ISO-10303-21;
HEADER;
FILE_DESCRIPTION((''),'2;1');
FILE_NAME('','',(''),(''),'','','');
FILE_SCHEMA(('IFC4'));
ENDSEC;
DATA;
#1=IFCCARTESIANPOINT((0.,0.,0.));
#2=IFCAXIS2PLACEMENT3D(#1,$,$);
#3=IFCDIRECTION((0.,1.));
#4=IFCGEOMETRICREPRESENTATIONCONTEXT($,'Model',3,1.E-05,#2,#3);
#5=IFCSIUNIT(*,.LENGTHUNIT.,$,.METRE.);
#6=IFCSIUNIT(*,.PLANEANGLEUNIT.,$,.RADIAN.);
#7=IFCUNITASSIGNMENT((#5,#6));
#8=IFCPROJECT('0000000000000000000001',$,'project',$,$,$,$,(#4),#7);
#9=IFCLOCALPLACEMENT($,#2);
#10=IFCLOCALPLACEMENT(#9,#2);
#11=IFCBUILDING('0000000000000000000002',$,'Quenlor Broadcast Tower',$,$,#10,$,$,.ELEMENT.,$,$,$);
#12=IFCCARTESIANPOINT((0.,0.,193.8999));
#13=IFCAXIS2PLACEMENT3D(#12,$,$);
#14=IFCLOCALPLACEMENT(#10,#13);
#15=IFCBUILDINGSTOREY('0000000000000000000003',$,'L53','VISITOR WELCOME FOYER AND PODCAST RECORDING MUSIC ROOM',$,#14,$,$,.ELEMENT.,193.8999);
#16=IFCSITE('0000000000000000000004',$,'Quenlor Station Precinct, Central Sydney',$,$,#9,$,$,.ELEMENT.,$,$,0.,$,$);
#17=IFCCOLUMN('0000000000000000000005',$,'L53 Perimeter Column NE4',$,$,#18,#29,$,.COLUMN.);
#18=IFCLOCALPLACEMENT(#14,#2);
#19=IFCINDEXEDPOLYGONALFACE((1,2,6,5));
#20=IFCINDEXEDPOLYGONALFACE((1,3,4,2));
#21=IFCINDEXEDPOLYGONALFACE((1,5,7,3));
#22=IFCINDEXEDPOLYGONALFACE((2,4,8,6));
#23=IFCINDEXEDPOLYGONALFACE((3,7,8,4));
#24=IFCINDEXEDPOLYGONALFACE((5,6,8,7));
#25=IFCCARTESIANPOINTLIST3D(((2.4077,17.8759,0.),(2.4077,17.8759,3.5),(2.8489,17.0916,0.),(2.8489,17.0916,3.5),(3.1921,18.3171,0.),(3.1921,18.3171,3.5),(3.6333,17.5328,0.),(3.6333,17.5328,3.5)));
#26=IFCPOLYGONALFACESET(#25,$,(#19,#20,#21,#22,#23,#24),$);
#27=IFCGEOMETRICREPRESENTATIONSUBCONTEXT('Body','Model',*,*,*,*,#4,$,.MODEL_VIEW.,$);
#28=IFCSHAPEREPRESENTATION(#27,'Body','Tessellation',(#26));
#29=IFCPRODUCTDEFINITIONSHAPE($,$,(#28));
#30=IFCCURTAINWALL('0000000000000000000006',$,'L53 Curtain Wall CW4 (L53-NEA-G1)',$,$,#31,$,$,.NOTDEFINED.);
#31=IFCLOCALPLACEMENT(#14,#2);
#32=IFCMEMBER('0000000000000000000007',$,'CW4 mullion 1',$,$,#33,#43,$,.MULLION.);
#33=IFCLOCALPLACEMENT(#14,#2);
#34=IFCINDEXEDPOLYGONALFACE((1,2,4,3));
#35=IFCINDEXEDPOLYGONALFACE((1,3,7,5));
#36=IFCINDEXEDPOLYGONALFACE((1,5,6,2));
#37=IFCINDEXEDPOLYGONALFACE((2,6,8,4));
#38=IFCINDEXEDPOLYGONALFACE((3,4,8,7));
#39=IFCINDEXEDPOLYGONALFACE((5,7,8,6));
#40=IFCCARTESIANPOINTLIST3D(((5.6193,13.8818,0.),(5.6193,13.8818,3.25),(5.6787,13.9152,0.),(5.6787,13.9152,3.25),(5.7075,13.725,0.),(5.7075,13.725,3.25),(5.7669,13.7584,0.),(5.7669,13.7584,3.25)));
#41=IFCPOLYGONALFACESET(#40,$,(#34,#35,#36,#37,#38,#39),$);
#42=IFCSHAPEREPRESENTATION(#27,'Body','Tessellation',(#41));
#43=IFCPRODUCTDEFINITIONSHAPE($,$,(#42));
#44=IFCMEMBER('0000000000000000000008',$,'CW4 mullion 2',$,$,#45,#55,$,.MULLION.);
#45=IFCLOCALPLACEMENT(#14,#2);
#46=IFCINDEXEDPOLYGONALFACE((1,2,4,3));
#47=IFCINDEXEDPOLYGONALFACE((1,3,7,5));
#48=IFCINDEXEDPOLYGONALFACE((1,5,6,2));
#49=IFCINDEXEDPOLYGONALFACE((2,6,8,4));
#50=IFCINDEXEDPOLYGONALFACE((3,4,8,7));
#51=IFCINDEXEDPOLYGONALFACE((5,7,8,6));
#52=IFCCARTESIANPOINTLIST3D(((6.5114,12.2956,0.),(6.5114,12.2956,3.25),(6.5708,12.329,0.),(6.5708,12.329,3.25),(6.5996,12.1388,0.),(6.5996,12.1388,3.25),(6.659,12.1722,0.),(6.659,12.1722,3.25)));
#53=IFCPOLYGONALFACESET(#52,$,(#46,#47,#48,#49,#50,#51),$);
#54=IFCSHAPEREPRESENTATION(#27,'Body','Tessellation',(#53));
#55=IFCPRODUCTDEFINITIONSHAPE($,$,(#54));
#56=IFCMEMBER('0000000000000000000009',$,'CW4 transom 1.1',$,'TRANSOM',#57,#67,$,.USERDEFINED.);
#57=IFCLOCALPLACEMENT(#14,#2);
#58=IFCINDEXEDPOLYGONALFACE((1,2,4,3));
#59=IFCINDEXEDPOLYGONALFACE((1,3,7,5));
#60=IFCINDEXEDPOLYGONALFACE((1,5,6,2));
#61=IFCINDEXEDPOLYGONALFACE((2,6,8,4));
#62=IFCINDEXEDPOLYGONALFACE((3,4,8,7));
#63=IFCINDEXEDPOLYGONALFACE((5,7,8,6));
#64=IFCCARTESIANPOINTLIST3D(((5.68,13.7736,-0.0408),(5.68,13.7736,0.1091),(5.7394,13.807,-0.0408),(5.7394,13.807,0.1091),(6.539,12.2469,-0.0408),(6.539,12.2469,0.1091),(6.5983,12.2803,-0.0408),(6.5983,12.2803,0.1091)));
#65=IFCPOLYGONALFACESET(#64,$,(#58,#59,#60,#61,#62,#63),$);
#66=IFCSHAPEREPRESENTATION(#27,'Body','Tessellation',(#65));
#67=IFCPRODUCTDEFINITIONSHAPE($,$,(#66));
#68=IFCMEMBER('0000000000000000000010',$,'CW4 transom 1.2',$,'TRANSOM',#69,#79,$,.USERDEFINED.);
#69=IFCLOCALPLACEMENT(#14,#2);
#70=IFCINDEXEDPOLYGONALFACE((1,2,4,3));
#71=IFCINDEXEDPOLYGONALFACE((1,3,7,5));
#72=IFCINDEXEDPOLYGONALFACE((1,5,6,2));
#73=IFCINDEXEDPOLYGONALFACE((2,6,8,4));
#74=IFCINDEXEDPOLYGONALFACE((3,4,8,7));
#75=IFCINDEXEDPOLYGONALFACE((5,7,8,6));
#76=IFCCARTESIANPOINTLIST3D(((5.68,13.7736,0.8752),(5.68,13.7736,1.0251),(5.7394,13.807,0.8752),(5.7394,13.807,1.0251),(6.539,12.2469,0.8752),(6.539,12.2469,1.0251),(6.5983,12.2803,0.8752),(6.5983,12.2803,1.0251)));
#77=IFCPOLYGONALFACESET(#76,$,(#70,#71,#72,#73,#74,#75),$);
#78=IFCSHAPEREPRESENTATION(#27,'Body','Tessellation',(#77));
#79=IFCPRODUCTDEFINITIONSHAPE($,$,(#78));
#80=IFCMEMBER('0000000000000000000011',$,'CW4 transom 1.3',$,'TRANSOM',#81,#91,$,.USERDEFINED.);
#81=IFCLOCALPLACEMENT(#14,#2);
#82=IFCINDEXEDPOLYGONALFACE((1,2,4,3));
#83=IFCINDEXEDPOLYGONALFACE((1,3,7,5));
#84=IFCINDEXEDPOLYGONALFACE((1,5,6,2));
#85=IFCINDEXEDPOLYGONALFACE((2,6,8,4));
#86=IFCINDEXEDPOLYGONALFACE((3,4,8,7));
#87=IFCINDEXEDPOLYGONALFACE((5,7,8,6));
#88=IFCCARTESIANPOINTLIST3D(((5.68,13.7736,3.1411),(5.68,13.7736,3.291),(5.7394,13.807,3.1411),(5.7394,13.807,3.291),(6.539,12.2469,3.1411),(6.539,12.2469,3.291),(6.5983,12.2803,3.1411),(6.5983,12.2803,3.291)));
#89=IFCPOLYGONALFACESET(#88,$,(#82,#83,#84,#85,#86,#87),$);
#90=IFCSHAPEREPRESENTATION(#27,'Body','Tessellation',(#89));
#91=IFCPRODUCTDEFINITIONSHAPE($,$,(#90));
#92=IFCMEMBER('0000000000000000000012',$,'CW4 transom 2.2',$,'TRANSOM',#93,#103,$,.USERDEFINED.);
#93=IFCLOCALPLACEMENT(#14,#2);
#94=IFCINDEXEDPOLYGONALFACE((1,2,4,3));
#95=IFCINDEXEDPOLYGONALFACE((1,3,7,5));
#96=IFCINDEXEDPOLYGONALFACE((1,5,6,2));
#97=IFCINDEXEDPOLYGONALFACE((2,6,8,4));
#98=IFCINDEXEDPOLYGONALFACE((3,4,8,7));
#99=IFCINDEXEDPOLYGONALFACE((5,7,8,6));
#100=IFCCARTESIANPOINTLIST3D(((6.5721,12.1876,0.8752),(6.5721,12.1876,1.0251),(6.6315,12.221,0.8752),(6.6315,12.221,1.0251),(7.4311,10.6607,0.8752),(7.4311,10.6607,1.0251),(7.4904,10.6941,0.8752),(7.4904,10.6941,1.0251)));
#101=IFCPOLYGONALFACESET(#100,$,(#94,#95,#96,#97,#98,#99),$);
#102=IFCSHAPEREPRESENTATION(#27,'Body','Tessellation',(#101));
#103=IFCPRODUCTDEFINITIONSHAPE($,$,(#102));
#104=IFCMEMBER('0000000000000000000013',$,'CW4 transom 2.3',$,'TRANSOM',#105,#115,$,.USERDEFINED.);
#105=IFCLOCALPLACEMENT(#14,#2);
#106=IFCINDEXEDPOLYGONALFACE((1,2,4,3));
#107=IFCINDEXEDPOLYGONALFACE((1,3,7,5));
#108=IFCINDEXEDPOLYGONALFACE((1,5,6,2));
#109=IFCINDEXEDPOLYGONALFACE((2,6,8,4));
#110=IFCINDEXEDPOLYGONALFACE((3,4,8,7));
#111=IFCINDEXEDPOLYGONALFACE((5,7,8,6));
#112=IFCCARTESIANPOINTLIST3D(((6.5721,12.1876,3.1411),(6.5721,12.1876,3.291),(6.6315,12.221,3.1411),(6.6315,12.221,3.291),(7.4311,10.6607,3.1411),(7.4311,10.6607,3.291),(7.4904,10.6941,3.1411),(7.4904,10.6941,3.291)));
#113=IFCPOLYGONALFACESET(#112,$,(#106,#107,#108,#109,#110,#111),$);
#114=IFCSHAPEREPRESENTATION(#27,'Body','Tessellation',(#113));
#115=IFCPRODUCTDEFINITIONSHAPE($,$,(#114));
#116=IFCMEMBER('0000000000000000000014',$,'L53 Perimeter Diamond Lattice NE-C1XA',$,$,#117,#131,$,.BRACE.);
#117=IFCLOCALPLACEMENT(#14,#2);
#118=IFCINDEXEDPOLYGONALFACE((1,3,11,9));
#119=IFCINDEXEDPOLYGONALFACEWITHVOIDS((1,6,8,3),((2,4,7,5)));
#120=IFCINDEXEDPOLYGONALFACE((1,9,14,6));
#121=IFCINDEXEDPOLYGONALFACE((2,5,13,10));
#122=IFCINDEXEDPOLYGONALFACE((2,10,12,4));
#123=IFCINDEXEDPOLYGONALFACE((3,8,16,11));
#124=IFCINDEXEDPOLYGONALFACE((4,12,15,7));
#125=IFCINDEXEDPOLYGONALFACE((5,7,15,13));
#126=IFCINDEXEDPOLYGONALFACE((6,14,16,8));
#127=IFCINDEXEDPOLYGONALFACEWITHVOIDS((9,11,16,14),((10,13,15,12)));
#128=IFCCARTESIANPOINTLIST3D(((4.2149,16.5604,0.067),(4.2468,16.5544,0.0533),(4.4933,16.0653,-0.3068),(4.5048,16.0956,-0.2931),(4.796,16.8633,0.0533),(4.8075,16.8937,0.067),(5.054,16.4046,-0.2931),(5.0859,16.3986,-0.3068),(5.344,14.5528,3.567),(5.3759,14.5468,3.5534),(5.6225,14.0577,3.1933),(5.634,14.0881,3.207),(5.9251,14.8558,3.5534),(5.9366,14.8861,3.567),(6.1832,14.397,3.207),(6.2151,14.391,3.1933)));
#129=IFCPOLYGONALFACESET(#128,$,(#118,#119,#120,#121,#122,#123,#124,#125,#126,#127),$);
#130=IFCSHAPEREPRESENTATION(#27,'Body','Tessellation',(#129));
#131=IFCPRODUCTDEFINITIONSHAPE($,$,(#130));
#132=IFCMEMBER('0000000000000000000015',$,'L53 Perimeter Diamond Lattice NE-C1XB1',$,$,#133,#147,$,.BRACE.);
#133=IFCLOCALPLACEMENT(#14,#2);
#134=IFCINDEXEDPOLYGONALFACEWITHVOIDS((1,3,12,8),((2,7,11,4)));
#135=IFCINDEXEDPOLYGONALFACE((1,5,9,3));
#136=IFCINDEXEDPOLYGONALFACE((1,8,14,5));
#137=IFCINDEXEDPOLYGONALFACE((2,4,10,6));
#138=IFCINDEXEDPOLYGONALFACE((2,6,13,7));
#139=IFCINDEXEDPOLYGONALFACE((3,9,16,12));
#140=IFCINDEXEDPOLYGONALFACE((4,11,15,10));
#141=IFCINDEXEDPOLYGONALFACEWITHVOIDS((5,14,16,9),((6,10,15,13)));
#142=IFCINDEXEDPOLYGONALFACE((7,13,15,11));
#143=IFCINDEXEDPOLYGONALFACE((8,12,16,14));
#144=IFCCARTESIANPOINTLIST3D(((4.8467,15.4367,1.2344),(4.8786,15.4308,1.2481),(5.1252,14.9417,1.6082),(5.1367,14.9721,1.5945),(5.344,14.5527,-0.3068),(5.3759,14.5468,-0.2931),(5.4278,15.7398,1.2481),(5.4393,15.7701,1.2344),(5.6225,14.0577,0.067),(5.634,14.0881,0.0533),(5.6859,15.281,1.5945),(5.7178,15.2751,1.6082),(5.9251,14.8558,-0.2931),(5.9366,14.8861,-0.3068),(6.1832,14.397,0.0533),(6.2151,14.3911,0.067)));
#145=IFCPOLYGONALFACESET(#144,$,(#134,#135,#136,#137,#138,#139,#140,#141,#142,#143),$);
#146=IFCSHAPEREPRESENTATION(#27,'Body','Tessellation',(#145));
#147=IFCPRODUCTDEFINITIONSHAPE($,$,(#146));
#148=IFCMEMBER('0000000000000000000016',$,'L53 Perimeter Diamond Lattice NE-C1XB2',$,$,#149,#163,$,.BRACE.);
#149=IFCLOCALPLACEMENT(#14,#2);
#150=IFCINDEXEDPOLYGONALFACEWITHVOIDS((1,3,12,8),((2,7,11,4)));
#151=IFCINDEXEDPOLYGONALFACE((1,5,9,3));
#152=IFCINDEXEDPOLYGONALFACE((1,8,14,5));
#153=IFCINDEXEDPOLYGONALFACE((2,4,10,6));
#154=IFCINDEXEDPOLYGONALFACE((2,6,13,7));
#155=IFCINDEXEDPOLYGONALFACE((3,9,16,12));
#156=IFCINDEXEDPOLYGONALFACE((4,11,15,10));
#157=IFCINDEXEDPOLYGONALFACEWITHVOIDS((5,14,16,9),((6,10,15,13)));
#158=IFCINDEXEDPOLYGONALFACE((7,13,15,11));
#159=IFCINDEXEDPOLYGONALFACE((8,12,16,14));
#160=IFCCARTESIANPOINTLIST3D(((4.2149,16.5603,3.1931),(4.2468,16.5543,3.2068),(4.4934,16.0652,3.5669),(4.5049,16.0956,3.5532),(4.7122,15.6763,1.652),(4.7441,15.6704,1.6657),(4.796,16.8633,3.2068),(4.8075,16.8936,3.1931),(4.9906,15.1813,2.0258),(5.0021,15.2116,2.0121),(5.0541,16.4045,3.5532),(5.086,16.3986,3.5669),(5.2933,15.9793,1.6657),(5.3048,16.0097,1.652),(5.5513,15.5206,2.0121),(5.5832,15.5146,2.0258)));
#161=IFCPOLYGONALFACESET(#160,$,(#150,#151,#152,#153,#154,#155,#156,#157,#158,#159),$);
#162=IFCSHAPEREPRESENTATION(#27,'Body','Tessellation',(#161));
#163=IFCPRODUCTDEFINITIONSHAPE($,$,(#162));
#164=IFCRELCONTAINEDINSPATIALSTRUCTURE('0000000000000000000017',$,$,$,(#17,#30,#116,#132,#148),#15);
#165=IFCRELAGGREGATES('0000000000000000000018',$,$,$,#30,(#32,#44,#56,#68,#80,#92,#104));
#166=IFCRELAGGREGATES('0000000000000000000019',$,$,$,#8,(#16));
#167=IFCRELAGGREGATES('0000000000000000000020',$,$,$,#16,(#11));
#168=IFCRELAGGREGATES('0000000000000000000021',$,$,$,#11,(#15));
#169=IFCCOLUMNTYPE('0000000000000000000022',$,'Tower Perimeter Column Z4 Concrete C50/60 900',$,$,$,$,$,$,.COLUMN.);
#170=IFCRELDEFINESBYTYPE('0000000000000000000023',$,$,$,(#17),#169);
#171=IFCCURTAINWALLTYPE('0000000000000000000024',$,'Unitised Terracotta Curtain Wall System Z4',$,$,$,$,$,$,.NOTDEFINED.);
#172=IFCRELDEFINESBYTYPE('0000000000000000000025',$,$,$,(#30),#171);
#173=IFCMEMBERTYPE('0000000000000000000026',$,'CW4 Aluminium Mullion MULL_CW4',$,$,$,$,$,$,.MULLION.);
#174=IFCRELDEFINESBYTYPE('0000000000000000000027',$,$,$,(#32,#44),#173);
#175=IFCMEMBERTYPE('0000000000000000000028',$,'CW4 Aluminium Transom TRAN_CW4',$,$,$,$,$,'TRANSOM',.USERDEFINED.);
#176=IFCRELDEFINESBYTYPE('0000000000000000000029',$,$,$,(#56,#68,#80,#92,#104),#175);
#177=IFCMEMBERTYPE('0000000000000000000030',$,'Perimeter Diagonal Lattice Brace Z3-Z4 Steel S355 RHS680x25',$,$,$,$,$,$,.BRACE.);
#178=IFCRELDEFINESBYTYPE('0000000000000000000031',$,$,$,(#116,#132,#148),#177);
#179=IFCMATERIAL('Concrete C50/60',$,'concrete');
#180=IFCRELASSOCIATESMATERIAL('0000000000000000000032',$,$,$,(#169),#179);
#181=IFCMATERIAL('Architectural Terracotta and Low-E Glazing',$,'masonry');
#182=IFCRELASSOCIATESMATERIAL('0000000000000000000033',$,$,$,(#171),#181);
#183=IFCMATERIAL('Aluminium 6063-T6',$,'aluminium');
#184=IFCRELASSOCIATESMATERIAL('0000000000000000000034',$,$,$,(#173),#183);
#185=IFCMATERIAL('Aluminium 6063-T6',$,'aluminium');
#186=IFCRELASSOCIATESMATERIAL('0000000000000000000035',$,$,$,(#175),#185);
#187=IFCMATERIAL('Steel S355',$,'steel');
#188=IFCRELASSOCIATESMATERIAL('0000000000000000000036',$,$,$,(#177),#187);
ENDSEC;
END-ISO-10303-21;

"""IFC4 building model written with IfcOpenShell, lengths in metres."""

from ifc_helpers import new_model, si_unit, direction, frame, origin, origin_2d, place, context, subcontext, project, spatial, rectangle, hollow_rectangle, extrude, material, material_profile, profile_set, type_object, element, aggregate, save


model = new_model("IFC4")

# Units and contexts
model_context = context("Model", 3, precision=1e-05, world=origin(), true_north=direction((0.0, 1.0)))
body_context = subcontext(model_context, "Body", "Model", "MODEL_VIEW")
ifc_project = project(units=[si_unit("LENGTHUNIT", "METRE"), si_unit("PLANEANGLEUNIT", "RADIAN")], contexts=[model_context])

# Site, building, storey
site_placement = place(None, origin())
site = spatial("IfcSite", under=ifc_project, at=site_placement, Name="Quenlor Station Precinct, Central Sydney", CompositionType="ELEMENT", RefElevation=0.0)
building_placement = place(site_placement, origin())
building = spatial("IfcBuilding", under=site, at=building_placement, Name="Quenlor Broadcast Tower", CompositionType="ELEMENT")
storey_placement = place(building_placement, frame((0.0, 0.0, 193.8999)))
storey = spatial("IfcBuildingStorey", under=building, at=storey_placement, Name="L53", Description="VISITOR WELCOME FOYER AND PODCAST RECORDING MUSIC ROOM", CompositionType="ELEMENT", Elevation=193.8999)

# Column
ifc_material_1 = material(Name="Concrete C50/60", Category="concrete")
ifc_material_profile_1 = material_profile(ifc_material_1, rectangle(XDim=0.8999, YDim=0.8999, at=origin_2d()))
ifc_profile_set_1 = profile_set([ifc_material_profile_1], Name="Concrete C50/60 RC900x900")
column_type = type_object("IfcColumnType", Name="Tower Perimeter Column Z4 Concrete C50/60 900", PredefinedType="COLUMN", material=ifc_profile_set_1)
column_placement = place(storey_placement, frame((3.0205, 17.7043, 0.0), z_axis=(0.0, 0.0, 1.0), x_axis=(0.871575, 0.490262, 0.0)))
element("IfcColumn", 1, at=column_placement, inside=storey, type_object=column_type, Name="L53 Perimeter Column NE4", PredefinedType="COLUMN", context=body_context, shape_type="SweptSolid", body=[
    extrude(rectangle(XDim=0.8999, YDim=0.8999, at=origin_2d()), origin(), (0.0, 0.0, 1.0), 3.5),
])

# Curtain wall, members
ifc_material_2 = material(Name="Architectural Terracotta and Low-E Glazing", Category="masonry")
curtain_wall_type = type_object("IfcCurtainWallType", Name="Unitised Terracotta Curtain Wall System Z4", PredefinedType="NOTDEFINED", material=ifc_material_2)
curtain_wall_placement = place(storey_placement, origin())
curtain_wall = element("IfcCurtainWall", 2, at=curtain_wall_placement, inside=storey, type_object=curtain_wall_type, Name="L53 Curtain Wall CW4 (L53-NEA-G1)", PredefinedType="NOTDEFINED")
ifc_material_3 = material(Name="Aluminium 6063-T6", Category="aluminium")
ifc_material_profile_2 = material_profile(ifc_material_3, rectangle(XDim=0.0681, YDim=0.1799, at=origin_2d()))
ifc_profile_set_2 = profile_set([ifc_material_profile_2], Name="Aluminium 6063-T6 MULL68x180")
member_type_1 = type_object("IfcMemberType", Name="CW4 Aluminium Mullion MULL_CW4", PredefinedType="MULLION", material=ifc_profile_set_2)
member_1_placement = place(storey_placement, frame((5.6931, 13.8201, 0.0), z_axis=(0.0, 0.0, 1.0), x_axis=(0.871576, 0.49026, 0.0)))
member_1 = element("IfcMember", 3, at=member_1_placement, type_object=member_type_1, Name="CW4 mullion 1", PredefinedType="MULLION", context=body_context, shape_type="SweptSolid", body=[
    extrude(rectangle(XDim=0.0681, YDim=0.1799, at=origin_2d()), origin(), (0.0, 0.0, 1.0), 3.25),
])
member_2_placement = place(storey_placement, frame((6.5852, 12.2339, 0.0), z_axis=(0.0, 0.0, 1.0), x_axis=(0.871576, 0.49026, 0.0)))
member_2 = element("IfcMember", 4, at=member_2_placement, type_object=member_type_1, Name="CW4 mullion 2", PredefinedType="MULLION", context=body_context, shape_type="SweptSolid", body=[
    extrude(rectangle(XDim=0.0681, YDim=0.1799, at=origin_2d()), origin(), (0.0, 0.0, 1.0), 3.25),
])
ifc_material_4 = material(Name="Aluminium 6063-T6", Category="aluminium")
ifc_material_profile_3 = material_profile(ifc_material_4, rectangle(XDim=0.0681, YDim=0.1499, at=origin_2d()))
ifc_profile_set_3 = profile_set([ifc_material_profile_3], Name="Aluminium 6063-T6 TRAN68x150")
member_type_2 = type_object("IfcMemberType", Name="CW4 Aluminium Transom TRAN_CW4", ElementType="TRANSOM", PredefinedType="USERDEFINED", material=ifc_profile_set_3)
member_3_placement = place(storey_placement, frame((5.7097, 13.7903, 0.0342), z_axis=(0.490334, -0.871535, 0.0), x_axis=(0.871535, 0.490334, 0.0)))
member_3 = element("IfcMember", 5, at=member_3_placement, type_object=member_type_2, Name="CW4 transom 1.1", ObjectType="TRANSOM", PredefinedType="USERDEFINED", context=body_context, shape_type="SweptSolid", body=[
    extrude(rectangle(XDim=0.0681, YDim=0.1499, at=origin_2d()), origin(), (0.0, 0.0, 1.0), 1.7517),
])
member_4_placement = place(storey_placement, frame((5.7097, 13.7903, 0.9502), z_axis=(0.490334, -0.871535, 0.0), x_axis=(0.871535, 0.490334, 0.0)))
member_4 = element("IfcMember", 6, at=member_4_placement, type_object=member_type_2, Name="CW4 transom 1.2", ObjectType="TRANSOM", PredefinedType="USERDEFINED", context=body_context, shape_type="SweptSolid", body=[
    extrude(rectangle(XDim=0.0681, YDim=0.1499, at=origin_2d()), origin(), (0.0, 0.0, 1.0), 1.7517),
])
member_5_placement = place(storey_placement, frame((5.7097, 13.7903, 3.2161), z_axis=(0.490334, -0.871535, 0.0), x_axis=(0.871535, 0.490334, 0.0)))
member_5 = element("IfcMember", 7, at=member_5_placement, type_object=member_type_2, Name="CW4 transom 1.3", ObjectType="TRANSOM", PredefinedType="USERDEFINED", context=body_context, shape_type="SweptSolid", body=[
    extrude(rectangle(XDim=0.0681, YDim=0.1499, at=origin_2d()), origin(), (0.0, 0.0, 1.0), 1.7517),
])
member_6_placement = place(storey_placement, frame((6.6018, 12.2043, 0.9502), z_axis=(0.490274, -0.871568, 0.0), x_axis=(0.871568, 0.490274, 0.0)))
member_6 = element("IfcMember", 8, at=member_6_placement, type_object=member_type_2, Name="CW4 transom 2.2", ObjectType="TRANSOM", PredefinedType="USERDEFINED", context=body_context, shape_type="SweptSolid", body=[
    extrude(rectangle(XDim=0.0681, YDim=0.1499, at=origin_2d()), origin(), (0.0, 0.0, 1.0), 1.752),
])
member_7_placement = place(storey_placement, frame((6.6018, 12.2043, 3.2161), z_axis=(0.490274, -0.871568, 0.0), x_axis=(0.871568, 0.490274, 0.0)))
member_7 = element("IfcMember", 9, at=member_7_placement, type_object=member_type_2, Name="CW4 transom 2.3", ObjectType="TRANSOM", PredefinedType="USERDEFINED", context=body_context, shape_type="SweptSolid", body=[
    extrude(rectangle(XDim=0.0681, YDim=0.1499, at=origin_2d()), origin(), (0.0, 0.0, 1.0), 1.752),
])

# Members
ifc_material_5 = material(Name="Steel S355", Category="steel")
ifc_material_profile_4 = material_profile(ifc_material_5, hollow_rectangle(XDim=0.6799, YDim=0.6799, WallThickness=0.0249, at=origin_2d()))
ifc_profile_set_4 = profile_set([ifc_material_profile_4], Name="Steel S355 RHS680x680x25")
member_type_3 = type_object("IfcMemberType", Name="Perimeter Diagonal Lattice Brace Z3-Z4 Steel S355 RHS680x25", PredefinedType="BRACE", material=ifc_profile_set_4)
member_8_placement = place(storey_placement, frame((4.6504, 16.4795, -0.1199), z_axis=(0.269493, -0.479144, 0.835341), x_axis=(0.871595, 0.490226, 0.0)))
element("IfcMember", 10, at=member_8_placement, inside=storey, type_object=member_type_3, Name="L53 Perimeter Diamond Lattice NE-C1XA", PredefinedType="BRACE", context=body_context, shape_type="SweptSolid", body=[
    extrude(hollow_rectangle(XDim=0.6799, YDim=0.6799, WallThickness=0.0249, at=origin_2d()), origin(), (0.0, 0.0, 1.0), 4.1899),
])
for number, where, z_axis, x_axis, name in (
    (11, (5.7795, 14.4719, -0.1199), (-0.269536, 0.47913, 0.835335), (-0.871556, -0.490296, 0.0), "L53 Perimeter Diamond Lattice NE-C1XB1"),
    (12, (5.1477, 15.5955, 1.8389), (-0.269536, 0.47913, 0.835335), (-0.871556, -0.490296, 0.0), "L53 Perimeter Diamond Lattice NE-C1XB2"),
):
    element("IfcMember", number, at=place(storey_placement, frame(where, z_axis=z_axis, x_axis=x_axis)), inside=storey, type_object=member_type_3, Name=name, PredefinedType="BRACE", context=body_context, shape_type="SweptSolid", body=[
        extrude(hollow_rectangle(XDim=0.6799, YDim=0.6799, WallThickness=0.0249, at=origin_2d()), origin(), (0.0, 0.0, 1.0), 1.845),
    ])

aggregate(curtain_wall, [member_1, member_2, member_3, member_4, member_5, member_6, member_7])

save(model, "model.ifc")
